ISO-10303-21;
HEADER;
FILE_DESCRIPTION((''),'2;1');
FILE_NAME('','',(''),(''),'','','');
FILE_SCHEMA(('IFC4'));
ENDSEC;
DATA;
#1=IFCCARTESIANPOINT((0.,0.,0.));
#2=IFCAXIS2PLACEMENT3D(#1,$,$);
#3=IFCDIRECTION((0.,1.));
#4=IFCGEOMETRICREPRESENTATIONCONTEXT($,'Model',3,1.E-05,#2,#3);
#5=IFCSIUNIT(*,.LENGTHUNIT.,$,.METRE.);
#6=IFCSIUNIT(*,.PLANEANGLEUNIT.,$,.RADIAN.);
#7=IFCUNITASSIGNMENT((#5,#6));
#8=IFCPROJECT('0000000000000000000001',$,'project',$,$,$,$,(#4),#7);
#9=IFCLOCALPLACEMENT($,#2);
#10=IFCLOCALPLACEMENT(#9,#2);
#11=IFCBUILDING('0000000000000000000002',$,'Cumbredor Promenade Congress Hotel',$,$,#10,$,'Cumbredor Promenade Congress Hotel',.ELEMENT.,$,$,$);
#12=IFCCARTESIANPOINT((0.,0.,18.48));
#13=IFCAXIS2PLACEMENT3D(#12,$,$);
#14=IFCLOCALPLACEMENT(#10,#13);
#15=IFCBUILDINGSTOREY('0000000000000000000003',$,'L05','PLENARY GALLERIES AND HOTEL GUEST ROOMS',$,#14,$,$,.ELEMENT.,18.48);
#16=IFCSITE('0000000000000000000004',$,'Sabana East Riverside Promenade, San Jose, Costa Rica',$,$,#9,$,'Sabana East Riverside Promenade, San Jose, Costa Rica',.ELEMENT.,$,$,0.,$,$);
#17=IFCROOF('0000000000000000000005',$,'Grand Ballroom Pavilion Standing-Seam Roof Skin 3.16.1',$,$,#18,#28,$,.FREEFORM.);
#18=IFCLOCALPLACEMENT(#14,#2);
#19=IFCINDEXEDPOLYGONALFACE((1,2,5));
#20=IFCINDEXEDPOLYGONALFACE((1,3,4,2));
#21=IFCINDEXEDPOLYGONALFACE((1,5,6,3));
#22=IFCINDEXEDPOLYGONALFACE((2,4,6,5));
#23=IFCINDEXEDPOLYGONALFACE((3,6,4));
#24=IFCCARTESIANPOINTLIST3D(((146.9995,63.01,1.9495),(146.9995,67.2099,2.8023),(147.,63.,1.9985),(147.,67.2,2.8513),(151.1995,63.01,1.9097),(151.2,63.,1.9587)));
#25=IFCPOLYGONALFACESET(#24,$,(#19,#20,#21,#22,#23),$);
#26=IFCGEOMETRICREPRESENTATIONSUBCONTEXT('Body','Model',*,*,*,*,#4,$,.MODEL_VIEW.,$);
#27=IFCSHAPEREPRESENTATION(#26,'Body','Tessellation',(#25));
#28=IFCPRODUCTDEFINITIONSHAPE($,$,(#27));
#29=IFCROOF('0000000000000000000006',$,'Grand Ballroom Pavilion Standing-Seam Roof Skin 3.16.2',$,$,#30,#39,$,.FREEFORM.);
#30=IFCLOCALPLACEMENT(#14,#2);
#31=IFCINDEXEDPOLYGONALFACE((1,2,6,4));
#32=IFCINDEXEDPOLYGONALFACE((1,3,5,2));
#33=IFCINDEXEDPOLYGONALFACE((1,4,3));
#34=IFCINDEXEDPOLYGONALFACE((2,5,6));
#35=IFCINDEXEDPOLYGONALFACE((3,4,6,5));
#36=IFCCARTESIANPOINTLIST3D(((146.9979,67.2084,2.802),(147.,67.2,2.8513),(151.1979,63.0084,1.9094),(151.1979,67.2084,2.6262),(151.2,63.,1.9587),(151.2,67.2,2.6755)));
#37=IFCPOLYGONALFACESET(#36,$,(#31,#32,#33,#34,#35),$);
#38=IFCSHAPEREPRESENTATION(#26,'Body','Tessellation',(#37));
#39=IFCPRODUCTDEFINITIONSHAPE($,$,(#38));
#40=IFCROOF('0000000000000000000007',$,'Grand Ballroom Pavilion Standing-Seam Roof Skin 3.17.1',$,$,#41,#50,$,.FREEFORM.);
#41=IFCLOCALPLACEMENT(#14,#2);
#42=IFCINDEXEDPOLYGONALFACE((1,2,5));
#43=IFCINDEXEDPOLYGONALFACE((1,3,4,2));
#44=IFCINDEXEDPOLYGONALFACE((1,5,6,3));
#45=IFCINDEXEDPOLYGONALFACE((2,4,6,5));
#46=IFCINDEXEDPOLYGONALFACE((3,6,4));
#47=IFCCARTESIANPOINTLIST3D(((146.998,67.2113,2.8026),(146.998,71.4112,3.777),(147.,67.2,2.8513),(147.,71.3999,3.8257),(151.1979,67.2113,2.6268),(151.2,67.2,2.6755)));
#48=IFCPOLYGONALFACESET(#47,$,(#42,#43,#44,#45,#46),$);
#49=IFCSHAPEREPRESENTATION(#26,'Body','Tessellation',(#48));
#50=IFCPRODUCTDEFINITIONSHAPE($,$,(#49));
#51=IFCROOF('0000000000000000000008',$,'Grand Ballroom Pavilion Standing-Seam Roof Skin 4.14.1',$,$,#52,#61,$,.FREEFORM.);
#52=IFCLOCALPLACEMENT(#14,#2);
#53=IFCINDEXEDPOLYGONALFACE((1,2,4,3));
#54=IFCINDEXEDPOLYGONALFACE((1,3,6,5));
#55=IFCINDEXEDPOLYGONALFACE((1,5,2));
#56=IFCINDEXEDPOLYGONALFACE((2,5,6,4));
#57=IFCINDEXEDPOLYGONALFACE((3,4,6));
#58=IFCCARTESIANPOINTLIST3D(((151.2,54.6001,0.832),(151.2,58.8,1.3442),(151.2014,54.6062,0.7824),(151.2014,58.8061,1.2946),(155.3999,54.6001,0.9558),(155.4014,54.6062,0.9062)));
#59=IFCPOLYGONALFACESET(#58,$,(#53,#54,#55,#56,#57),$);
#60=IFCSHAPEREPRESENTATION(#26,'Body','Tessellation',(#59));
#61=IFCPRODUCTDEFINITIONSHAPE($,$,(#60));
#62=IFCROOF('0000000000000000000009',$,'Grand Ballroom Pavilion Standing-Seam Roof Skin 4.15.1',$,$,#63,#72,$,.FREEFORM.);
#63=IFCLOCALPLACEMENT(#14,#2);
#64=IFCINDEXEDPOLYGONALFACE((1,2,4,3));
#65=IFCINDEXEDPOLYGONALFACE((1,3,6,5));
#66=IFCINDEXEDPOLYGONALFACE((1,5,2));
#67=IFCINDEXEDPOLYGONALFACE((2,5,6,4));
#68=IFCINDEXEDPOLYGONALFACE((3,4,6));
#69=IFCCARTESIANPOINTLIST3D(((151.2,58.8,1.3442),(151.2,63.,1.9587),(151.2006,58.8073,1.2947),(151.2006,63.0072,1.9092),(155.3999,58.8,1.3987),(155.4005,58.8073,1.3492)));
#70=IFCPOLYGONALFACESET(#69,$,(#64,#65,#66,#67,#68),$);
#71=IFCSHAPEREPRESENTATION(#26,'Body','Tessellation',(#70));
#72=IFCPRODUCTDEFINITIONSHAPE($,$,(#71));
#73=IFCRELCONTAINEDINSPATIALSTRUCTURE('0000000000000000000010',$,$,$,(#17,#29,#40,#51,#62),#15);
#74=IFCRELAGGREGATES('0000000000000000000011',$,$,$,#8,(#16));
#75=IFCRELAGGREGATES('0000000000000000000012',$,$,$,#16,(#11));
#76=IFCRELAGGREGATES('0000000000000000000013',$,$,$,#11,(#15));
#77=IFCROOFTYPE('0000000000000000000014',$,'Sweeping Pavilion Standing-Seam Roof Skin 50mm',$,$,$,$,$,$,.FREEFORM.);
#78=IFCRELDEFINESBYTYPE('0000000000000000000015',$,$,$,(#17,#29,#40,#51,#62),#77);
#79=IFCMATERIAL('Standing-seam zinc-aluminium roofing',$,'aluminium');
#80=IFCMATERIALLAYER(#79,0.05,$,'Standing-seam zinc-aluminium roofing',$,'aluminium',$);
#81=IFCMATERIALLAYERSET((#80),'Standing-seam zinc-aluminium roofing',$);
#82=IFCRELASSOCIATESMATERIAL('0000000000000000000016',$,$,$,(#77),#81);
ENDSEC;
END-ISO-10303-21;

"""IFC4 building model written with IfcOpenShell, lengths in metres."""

from ifc_helpers import new_model, si_unit, direction, frame, origin, place, context, subcontext, project, spatial, polyline, outline, extrude, material, layer, layer_set, type_object, element, save


model = new_model("IFC4")

# Units and contexts
model_context = context("Model", 3, precision=1e-05, world=origin(), true_north=direction((0.0, 1.0)))
body_context = subcontext(model_context, "Body", "Model", "MODEL_VIEW")
ifc_project = project(units=[si_unit("LENGTHUNIT", "METRE"), si_unit("PLANEANGLEUNIT", "RADIAN")], contexts=[model_context])

# Site, building, storey
site_placement = place(None, origin())
site = spatial("IfcSite", under=ifc_project, at=site_placement, Name="Sabana East Riverside Promenade, San Jose, Costa Rica", LongName="Sabana East Riverside Promenade, San Jose, Costa Rica", CompositionType="ELEMENT", RefElevation=0.0)
building_placement = place(site_placement, origin())
building = spatial("IfcBuilding", under=site, at=building_placement, Name="Cumbredor Promenade Congress Hotel", LongName="Cumbredor Promenade Congress Hotel", CompositionType="ELEMENT")
storey_placement = place(building_placement, frame((0.0, 0.0, 18.48)))
storey = spatial("IfcBuildingStorey", under=building, at=storey_placement, Name="L05", Description="PLENARY GALLERIES AND HOTEL GUEST ROOMS", CompositionType="ELEMENT", Elevation=18.48)

# Roofs
ifc_material_1 = material(Name="Standing-seam zinc-aluminium roofing", Category="aluminium")
ifc_layer_1 = layer(ifc_material_1, 0.05, Name="Standing-seam zinc-aluminium roofing", Category="aluminium")
ifc_layer_set_1 = layer_set([ifc_layer_1], Name="Standing-seam zinc-aluminium roofing")
roof_type = type_object("IfcRoofType", Name="Sweeping Pavilion Standing-Seam Roof Skin 50mm", PredefinedType="FREEFORM", material=ifc_layer_set_1)
roof_1_placement = place(storey_placement, frame((147.0, 63.0, 1.9985), z_axis=(0.009285, -0.198977, 0.97996), x_axis=(0.999955, 0.0, -0.009475)))
element("IfcRoof", 1, at=roof_1_placement, inside=storey, type_object=roof_type, Name="Grand Ballroom Pavilion Standing-Seam Roof Skin 3.16.1", PredefinedType="FREEFORM", context=body_context, shape_type="SweptSolid", body=[
    extrude(outline(polyline([(0.0, 0.0), (4.2001, 0.0), (-0.0081, 4.2856), (0.0, 0.0)])), origin(), (0.0, 0.0, -1.0), 0.05),
])
roof_2_placement = place(storey_placement, frame((151.2, 63.0, 1.9587), z_axis=(0.041222, -0.168092, 0.984909), x_axis=(0.0, 0.985747, 0.168235)))
element("IfcRoof", 2, at=roof_2_placement, inside=storey, type_object=roof_type, Name="Grand Ballroom Pavilion Standing-Seam Roof Skin 3.16.2", PredefinedType="FREEFORM", context=body_context, shape_type="SweptSolid", body=[
    extrude(outline(polyline([(0.0, 0.0), (4.2607, 0.0), (4.2903, 4.2035), (0.0, 0.0)])), origin(), (0.0, 0.0, -1.0), 0.05),
])
roof_3_placement = place(storey_placement, frame((147.0, 67.2, 2.8513), z_axis=(0.040737, -0.225805, 0.97332), x_axis=(0.999125, 0.0, -0.041817)))
element("IfcRoof", 3, at=roof_3_placement, inside=storey, type_object=roof_type, Name="Grand Ballroom Pavilion Standing-Seam Roof Skin 3.17.1", PredefinedType="FREEFORM", context=body_context, shape_type="SweptSolid", body=[
    extrude(outline(polyline([(0.0, 0.0), (4.2036, 0.0), (-0.0407, 4.3113), (0.0, 0.0)])), origin(), (0.0, 0.0, -1.0), 0.05),
])
roof_4_placement = place(storey_placement, frame((151.2, 54.6001, 0.832), z_axis=(-0.029242, -0.121007, 0.992221), x_axis=(0.999566, 0.0, 0.029459)))
element("IfcRoof", 4, at=roof_4_placement, inside=storey, type_object=roof_type, Name="Grand Ballroom Pavilion Standing-Seam Roof Skin 4.14.1", PredefinedType="FREEFORM", context=body_context, shape_type="SweptSolid", body=[
    extrude(outline(polyline([(0.0, 0.0), (4.2018, 0.0), (0.0151, 4.231), (0.0, 0.0)])), origin(), (0.0, 0.0, -1.0), 0.05),
])
roof_5_placement = place(storey_placement, frame((151.2, 58.8, 1.3442), z_axis=(-0.012825, -0.144758, 0.989384), x_axis=(0.999916, 0.0, 0.012962)))
element("IfcRoof", 5, at=roof_5_placement, inside=storey, type_object=roof_type, Name="Grand Ballroom Pavilion Standing-Seam Roof Skin 4.15.1", PredefinedType="FREEFORM", context=body_context, shape_type="SweptSolid", body=[
    extrude(outline(polyline([(0.0, 0.0), (4.2003, 0.0), (0.008, 4.2447), (0.0, 0.0)])), origin(), (0.0, 0.0, -1.0), 0.05),
])

save(model, "model.ifc")
